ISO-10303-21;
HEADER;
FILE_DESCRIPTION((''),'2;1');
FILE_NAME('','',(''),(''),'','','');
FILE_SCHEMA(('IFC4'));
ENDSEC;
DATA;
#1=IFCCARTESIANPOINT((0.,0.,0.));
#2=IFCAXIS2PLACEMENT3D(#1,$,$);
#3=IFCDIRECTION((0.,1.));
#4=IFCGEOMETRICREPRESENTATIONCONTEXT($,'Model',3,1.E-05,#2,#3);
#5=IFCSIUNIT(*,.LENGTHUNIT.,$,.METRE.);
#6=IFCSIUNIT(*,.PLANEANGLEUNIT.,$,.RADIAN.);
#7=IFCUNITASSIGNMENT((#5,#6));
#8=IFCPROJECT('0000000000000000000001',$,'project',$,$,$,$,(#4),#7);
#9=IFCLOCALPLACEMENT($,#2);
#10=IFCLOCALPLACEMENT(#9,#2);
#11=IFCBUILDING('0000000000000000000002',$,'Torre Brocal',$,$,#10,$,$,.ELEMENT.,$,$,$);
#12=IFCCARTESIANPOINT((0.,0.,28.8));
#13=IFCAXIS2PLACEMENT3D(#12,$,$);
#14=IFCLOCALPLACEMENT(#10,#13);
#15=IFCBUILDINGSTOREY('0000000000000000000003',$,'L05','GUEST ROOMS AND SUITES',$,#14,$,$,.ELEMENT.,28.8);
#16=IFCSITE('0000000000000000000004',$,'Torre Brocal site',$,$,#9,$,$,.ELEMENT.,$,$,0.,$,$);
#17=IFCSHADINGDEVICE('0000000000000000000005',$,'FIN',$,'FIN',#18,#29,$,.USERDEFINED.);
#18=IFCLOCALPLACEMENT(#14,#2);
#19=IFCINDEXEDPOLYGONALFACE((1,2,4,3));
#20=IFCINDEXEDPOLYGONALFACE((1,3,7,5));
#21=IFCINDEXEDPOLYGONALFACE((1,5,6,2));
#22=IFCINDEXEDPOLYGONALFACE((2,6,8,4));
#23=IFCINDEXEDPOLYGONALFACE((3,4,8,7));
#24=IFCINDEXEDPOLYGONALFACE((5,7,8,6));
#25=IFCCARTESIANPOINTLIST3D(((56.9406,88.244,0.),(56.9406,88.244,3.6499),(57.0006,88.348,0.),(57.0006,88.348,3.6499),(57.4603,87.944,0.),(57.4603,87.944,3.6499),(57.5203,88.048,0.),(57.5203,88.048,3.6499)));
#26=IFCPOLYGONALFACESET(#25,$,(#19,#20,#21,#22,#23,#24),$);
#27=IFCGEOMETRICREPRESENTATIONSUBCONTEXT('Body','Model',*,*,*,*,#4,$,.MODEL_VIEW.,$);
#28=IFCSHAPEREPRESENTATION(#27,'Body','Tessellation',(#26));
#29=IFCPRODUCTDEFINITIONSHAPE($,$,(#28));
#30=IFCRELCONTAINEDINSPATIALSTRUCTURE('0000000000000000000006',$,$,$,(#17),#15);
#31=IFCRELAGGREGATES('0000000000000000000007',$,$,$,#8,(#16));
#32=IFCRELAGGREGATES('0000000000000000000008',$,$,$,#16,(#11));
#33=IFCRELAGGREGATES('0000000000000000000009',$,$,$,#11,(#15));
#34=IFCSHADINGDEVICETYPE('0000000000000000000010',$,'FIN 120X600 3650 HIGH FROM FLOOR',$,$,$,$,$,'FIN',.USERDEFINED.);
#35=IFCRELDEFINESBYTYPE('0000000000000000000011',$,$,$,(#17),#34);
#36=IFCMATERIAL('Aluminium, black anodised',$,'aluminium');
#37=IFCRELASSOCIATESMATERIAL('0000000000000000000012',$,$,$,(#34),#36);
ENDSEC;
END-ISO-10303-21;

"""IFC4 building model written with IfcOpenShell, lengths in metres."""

from ifc_helpers import new_model, si_unit, direction, frame, origin, origin_2d, place, context, subcontext, project, spatial, rectangle, extrude, material, material_profile, profile_set, type_object, element, save


model = new_model("IFC4")

# Units and contexts
model_context = context("Model", 3, precision=1e-05, world=origin(), true_north=direction((0.0, 1.0)))
body_context = subcontext(model_context, "Body", "Model", "MODEL_VIEW")
ifc_project = project(units=[si_unit("LENGTHUNIT", "METRE"), si_unit("PLANEANGLEUNIT", "RADIAN")], contexts=[model_context])

# Site, building, storey
site_placement = place(None, origin())
site = spatial("IfcSite", under=ifc_project, at=site_placement, Name="Torre Brocal site", CompositionType="ELEMENT", RefElevation=0.0)
building_placement = place(site_placement, origin())
building = spatial("IfcBuilding", under=site, at=building_placement, Name="Torre Brocal", CompositionType="ELEMENT")
storey_placement = place(building_placement, frame((0.0, 0.0, 28.8)))
storey = spatial("IfcBuildingStorey", under=building, at=storey_placement, Name="L05", Description="GUEST ROOMS AND SUITES", CompositionType="ELEMENT", Elevation=28.8)

# Shading device
ifc_material_1 = material(Name="Aluminium, black anodised", Category="aluminium")
ifc_material_profile_1 = material_profile(ifc_material_1, rectangle(XDim=0.1201, YDim=0.6001, at=origin_2d()), Name="FIN 120X600 3650 HIGH FROM FLOOR")
ifc_profile_set_1 = profile_set([ifc_material_profile_1], Name="Aluminium, black anodised")
shading_device_type = type_object("IfcShadingDeviceType", Name="FIN 120X600 3650 HIGH FROM FLOOR", ElementType="FIN", PredefinedType="USERDEFINED", material=ifc_profile_set_1)
for number, where, z_axis, x_axis, name in (
    (1, (57.2305, 88.146, 0.0), (0.0, 0.0, 1.0), (-0.5, -0.866025, 0.0), "FIN"),
):
    element("IfcShadingDevice", number, at=place(storey_placement, frame(where, z_axis=z_axis, x_axis=x_axis)), inside=storey, type_object=shading_device_type, Name=name, ObjectType="FIN", PredefinedType="USERDEFINED", context=body_context, shape_type="SweptSolid", body=[
        extrude(rectangle(XDim=0.1201, YDim=0.6001, at=origin_2d()), origin(), (0.0, 0.0, 1.0), 3.6499),
    ])

save(model, "model.ifc")
